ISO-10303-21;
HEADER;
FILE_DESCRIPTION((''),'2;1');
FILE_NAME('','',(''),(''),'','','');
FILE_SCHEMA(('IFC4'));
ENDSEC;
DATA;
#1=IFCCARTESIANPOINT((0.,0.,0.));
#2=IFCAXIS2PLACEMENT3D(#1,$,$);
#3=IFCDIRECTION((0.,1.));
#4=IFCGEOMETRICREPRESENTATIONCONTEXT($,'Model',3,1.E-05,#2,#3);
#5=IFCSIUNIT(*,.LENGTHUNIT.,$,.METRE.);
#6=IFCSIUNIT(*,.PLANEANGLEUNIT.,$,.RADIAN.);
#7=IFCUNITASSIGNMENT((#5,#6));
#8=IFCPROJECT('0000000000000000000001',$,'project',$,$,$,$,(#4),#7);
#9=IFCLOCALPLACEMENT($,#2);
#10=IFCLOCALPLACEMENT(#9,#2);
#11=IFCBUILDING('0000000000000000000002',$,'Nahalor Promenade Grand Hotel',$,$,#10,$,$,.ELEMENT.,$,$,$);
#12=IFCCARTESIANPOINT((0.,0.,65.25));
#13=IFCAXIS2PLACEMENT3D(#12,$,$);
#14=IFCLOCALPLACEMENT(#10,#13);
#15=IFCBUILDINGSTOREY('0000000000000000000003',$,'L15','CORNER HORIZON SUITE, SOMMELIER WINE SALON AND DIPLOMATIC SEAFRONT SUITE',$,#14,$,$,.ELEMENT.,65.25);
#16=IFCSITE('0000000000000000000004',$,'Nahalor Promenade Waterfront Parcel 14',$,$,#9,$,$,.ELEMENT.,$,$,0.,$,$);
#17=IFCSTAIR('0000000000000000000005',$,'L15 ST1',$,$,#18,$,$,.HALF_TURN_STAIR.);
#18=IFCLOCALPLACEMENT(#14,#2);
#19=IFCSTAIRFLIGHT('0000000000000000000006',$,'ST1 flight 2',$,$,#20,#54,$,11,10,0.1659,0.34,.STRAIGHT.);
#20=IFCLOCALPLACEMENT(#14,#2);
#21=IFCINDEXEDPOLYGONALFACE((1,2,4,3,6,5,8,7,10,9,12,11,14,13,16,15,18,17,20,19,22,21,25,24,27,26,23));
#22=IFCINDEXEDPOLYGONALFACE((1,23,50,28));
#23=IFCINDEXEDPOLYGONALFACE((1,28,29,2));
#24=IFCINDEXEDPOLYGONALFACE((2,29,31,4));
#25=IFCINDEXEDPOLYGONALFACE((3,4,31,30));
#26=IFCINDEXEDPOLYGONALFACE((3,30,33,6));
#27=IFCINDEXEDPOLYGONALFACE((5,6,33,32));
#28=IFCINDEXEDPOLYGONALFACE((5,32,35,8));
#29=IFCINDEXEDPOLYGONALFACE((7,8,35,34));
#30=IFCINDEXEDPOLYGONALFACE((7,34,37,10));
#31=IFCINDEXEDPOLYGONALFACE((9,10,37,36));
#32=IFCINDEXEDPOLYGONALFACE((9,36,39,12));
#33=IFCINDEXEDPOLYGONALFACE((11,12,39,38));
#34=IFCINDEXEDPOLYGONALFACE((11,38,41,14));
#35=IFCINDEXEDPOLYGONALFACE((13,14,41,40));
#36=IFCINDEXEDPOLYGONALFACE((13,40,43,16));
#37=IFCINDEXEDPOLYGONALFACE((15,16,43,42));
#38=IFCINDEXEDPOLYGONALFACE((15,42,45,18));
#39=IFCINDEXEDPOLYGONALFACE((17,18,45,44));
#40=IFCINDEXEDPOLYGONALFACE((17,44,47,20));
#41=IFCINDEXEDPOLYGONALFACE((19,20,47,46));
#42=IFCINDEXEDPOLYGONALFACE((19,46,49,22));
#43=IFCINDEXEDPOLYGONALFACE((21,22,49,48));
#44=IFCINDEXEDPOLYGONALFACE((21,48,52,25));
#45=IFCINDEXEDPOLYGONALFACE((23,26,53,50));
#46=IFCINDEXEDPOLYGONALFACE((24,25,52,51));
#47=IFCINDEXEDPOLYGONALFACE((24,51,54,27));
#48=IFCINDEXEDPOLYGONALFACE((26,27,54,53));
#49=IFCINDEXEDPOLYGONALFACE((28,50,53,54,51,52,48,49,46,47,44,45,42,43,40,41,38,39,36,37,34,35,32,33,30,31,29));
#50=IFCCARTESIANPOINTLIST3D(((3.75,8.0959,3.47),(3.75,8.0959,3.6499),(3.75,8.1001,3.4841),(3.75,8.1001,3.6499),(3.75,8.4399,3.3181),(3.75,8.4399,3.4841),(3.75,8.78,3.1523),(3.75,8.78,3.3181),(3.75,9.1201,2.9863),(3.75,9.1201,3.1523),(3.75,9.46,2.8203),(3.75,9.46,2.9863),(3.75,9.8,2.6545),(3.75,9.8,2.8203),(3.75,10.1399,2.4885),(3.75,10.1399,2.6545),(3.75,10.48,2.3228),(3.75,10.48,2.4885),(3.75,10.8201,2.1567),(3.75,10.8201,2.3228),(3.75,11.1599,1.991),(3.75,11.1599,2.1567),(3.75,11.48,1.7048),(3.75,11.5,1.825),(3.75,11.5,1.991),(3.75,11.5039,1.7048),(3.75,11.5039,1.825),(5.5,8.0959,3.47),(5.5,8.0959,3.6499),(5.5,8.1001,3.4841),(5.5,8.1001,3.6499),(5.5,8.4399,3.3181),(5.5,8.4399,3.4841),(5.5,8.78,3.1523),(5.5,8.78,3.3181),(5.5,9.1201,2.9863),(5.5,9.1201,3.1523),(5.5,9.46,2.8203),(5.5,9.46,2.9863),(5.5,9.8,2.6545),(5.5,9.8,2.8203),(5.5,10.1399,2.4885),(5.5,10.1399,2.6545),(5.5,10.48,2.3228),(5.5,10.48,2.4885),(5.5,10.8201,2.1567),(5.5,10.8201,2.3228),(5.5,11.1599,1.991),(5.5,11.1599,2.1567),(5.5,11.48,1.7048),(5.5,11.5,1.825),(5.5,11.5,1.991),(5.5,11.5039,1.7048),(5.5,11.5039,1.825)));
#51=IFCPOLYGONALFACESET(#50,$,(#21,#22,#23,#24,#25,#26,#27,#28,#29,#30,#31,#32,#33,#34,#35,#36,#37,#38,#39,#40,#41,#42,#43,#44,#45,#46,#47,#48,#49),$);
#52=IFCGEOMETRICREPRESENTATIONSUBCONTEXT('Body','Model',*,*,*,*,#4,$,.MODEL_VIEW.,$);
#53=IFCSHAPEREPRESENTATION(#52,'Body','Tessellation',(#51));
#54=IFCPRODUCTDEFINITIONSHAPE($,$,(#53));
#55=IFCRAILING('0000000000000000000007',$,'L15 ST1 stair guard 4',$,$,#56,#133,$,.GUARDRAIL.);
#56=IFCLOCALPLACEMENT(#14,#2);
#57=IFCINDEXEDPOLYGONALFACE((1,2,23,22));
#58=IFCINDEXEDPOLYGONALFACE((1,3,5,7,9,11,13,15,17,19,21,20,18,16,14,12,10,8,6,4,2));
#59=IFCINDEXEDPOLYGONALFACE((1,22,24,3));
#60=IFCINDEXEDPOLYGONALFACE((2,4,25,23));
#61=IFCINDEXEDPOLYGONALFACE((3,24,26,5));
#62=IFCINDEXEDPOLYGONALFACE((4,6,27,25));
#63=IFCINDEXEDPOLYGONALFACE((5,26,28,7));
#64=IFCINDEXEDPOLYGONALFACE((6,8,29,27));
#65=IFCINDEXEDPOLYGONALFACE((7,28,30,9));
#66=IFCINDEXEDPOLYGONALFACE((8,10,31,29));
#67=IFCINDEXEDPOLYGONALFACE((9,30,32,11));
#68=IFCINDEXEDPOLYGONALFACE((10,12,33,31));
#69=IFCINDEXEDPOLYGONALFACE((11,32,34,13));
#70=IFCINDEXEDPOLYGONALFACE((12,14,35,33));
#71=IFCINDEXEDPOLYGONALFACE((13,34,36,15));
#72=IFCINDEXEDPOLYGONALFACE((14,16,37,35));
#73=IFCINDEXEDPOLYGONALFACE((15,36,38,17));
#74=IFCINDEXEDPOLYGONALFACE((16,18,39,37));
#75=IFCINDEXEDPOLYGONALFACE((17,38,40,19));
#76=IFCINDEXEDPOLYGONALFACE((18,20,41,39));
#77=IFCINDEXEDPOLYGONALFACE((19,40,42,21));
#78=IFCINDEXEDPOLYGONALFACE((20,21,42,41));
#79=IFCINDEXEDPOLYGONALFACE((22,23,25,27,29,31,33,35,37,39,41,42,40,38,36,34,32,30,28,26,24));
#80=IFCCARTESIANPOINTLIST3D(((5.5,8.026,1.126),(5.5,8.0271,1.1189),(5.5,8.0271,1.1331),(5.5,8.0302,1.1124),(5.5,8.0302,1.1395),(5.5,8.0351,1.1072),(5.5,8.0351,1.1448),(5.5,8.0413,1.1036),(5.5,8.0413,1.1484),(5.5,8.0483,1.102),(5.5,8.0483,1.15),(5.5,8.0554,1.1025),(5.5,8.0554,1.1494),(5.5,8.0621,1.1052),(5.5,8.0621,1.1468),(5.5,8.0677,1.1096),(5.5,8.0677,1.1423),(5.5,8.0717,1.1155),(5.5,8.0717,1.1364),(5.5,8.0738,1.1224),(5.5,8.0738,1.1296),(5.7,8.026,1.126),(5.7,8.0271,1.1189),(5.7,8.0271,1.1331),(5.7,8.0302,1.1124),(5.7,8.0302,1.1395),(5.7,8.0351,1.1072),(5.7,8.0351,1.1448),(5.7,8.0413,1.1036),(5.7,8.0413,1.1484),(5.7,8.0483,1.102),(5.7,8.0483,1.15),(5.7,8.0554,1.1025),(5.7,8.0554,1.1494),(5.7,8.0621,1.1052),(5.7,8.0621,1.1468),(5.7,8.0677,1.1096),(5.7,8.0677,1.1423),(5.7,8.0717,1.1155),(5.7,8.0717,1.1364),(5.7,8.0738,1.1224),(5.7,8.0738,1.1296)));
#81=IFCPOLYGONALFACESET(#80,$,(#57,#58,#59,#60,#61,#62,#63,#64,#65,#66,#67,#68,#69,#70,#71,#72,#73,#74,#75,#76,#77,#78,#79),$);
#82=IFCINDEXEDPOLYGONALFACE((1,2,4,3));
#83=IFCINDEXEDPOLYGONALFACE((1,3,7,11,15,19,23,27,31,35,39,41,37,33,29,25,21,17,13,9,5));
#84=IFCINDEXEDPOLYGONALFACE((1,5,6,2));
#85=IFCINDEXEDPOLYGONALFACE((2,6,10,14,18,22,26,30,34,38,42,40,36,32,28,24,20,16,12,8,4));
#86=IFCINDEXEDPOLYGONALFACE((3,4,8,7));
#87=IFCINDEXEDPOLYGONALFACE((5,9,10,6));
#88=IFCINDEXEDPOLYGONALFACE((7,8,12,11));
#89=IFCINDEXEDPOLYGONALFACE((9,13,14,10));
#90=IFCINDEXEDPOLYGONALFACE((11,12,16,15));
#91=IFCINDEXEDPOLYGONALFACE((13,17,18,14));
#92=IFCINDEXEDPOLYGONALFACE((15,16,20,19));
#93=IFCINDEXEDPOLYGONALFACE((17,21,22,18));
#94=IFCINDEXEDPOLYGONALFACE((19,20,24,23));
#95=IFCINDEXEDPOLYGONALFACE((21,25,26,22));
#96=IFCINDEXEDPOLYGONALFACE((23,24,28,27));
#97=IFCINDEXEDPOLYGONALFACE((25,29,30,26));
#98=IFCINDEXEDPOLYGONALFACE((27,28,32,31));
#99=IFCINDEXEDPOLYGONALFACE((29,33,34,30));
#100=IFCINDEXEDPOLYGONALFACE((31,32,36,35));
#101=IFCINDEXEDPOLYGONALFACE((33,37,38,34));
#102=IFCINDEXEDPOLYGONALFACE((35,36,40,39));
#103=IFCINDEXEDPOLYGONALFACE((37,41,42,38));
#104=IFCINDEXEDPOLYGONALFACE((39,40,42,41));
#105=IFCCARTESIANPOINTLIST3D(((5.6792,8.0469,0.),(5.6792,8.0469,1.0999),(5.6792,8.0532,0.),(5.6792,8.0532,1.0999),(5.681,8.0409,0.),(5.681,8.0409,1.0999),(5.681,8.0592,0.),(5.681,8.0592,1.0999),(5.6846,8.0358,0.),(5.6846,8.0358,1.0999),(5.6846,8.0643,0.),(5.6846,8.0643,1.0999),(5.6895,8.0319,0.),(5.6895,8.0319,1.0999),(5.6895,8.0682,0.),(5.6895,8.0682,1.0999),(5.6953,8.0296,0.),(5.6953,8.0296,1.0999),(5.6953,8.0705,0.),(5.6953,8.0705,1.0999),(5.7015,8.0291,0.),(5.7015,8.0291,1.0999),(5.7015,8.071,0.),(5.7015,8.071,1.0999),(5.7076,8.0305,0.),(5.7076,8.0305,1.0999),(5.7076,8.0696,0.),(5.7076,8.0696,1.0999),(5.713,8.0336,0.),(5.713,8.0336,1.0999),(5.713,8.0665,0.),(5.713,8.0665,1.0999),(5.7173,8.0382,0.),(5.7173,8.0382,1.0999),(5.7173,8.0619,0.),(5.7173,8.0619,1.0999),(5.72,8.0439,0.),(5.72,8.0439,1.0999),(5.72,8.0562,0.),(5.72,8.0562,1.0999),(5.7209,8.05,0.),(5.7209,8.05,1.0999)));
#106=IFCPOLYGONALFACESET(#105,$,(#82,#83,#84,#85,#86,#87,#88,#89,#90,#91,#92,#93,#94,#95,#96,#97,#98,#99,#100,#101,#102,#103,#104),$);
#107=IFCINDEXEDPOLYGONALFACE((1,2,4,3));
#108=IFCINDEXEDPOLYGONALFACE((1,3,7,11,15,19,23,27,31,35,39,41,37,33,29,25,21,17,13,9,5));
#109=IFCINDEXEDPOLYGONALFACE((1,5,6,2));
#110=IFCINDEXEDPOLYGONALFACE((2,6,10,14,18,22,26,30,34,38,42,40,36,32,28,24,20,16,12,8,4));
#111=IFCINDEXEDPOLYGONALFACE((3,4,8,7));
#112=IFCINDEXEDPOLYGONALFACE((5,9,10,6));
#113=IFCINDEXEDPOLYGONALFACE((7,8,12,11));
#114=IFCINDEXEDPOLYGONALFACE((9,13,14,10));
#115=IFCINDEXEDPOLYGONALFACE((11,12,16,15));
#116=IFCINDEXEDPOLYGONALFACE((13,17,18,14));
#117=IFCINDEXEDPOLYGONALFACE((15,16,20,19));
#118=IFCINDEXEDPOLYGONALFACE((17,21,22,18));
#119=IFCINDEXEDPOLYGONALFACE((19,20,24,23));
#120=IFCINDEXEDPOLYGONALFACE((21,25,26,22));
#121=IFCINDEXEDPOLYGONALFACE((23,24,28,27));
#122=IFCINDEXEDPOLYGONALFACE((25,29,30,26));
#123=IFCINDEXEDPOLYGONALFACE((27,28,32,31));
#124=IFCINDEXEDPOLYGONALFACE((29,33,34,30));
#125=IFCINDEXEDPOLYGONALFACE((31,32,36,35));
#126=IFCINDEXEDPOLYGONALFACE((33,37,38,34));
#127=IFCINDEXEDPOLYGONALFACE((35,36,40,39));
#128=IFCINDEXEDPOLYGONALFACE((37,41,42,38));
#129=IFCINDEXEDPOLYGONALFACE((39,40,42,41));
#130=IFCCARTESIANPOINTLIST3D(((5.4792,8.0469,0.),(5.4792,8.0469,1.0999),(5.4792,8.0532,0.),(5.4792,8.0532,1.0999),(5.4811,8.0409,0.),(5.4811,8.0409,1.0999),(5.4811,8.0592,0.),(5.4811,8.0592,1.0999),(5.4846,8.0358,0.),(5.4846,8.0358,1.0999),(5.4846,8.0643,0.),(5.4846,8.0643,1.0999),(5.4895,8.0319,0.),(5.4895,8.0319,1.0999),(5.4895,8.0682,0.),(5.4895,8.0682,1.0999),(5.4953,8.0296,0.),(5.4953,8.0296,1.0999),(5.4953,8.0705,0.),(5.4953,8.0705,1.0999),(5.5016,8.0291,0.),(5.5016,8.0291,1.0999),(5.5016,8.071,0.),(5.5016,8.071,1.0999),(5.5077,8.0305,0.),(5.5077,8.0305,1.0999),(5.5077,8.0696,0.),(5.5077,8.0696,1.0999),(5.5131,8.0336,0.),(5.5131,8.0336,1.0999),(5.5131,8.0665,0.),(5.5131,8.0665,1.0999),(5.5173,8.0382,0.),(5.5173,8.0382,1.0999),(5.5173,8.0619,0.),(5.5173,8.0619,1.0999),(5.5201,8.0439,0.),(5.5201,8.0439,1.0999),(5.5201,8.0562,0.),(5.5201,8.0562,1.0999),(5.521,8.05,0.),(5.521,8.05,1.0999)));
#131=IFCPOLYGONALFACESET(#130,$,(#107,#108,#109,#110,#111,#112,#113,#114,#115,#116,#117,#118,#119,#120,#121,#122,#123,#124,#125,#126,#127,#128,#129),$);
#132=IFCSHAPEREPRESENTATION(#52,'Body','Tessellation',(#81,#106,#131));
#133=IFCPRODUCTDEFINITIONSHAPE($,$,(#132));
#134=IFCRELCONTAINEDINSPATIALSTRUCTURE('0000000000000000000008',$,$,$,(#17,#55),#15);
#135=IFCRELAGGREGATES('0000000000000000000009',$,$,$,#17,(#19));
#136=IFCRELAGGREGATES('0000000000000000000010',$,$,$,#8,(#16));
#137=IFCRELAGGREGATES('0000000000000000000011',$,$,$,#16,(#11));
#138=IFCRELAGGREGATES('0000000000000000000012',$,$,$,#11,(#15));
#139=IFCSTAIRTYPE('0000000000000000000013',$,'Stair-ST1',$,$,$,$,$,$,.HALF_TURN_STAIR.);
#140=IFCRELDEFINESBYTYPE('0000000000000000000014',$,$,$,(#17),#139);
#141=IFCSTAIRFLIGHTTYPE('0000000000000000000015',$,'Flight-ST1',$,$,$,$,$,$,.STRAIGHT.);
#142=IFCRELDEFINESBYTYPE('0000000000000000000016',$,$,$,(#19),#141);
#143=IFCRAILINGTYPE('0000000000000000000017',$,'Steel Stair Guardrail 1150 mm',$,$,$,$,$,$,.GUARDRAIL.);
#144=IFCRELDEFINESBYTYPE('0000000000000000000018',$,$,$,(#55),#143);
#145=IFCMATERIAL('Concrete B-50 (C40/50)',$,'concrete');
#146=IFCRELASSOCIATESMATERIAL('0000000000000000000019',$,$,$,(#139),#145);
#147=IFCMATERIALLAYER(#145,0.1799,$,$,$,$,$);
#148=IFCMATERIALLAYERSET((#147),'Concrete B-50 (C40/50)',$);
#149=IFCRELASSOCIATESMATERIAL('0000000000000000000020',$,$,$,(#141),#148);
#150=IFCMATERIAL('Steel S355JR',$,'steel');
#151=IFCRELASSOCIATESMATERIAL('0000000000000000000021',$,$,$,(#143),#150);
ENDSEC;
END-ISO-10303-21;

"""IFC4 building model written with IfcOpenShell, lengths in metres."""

from ifc_helpers import new_model, si_unit, direction, frame, origin, origin_2d, place, context, subcontext, project, spatial, polyline, circle, outline, extrude, source, transform, mapped, material, layer, layer_set, type_object, element, aggregate, save


model = new_model("IFC4")

# Units and contexts
model_context = context("Model", 3, precision=1e-05, world=origin(), true_north=direction((0.0, 1.0)))
body_context = subcontext(model_context, "Body", "Model", "MODEL_VIEW")
ifc_project = project(units=[si_unit("LENGTHUNIT", "METRE"), si_unit("PLANEANGLEUNIT", "RADIAN")], contexts=[model_context])

# Site, building, storey
site_placement = place(None, origin())
site = spatial("IfcSite", under=ifc_project, at=site_placement, Name="Nahalor Promenade Waterfront Parcel 14", CompositionType="ELEMENT", RefElevation=0.0)
building_placement = place(site_placement, origin())
building = spatial("IfcBuilding", under=site, at=building_placement, Name="Nahalor Promenade Grand Hotel", CompositionType="ELEMENT")
storey_placement = place(building_placement, frame((0.0, 0.0, 65.25)))
storey = spatial("IfcBuildingStorey", under=building, at=storey_placement, Name="L15", Description="CORNER HORIZON SUITE, SOMMELIER WINE SALON AND DIPLOMATIC SEAFRONT SUITE", CompositionType="ELEMENT", Elevation=65.25)

# Shared definitions
ifc_material_1 = material(Name="Steel S355JR", Category="steel")

# Stair
ifc_material_2 = material(Name="Concrete B-50 (C40/50)", Category="concrete")
stair_type_1 = type_object("IfcStairType", Name="Stair-ST1", PredefinedType="HALF_TURN_STAIR", material=ifc_material_2)
stair_1_placement = place(storey_placement, origin())
stair_1 = element("IfcStair", 1, at=stair_1_placement, inside=storey, type_object=stair_type_1, Name="L15 ST1", PredefinedType="HALF_TURN_STAIR")

# Stair flight
ifc_layer_1 = layer(ifc_material_2, 0.1799)
ifc_layer_set_1 = layer_set([ifc_layer_1], Name="Concrete B-50 (C40/50)")
stair_flight_type = type_object("IfcStairFlightType", Name="Flight-ST1", PredefinedType="STRAIGHT", material=ifc_layer_set_1)
shared_shape_1 = source(origin(), body_context, "Body", "SweptSolid", [
    extrude(outline(polyline([(-0.0039, -0.1201), (-0.0039, 0.0), (0.0, 0.0), (0.0, 0.166), (0.3401, 0.166), (0.3401, 0.3318), (0.6799, 0.3318), (0.6799, 0.4978), (1.02, 0.4978), (1.02, 0.6636), (1.3601, 0.6636), (1.3601, 0.8296), (1.7, 0.8296), (1.7, 0.9954), (2.04, 0.9954), (2.04, 1.1614), (2.3799, 1.1614), (2.3799, 1.3274), (2.72, 1.3274), (2.72, 1.4932), (3.0601, 1.4932), (3.0601, 1.6592), (3.3999, 1.6592), (3.3999, 1.825), (3.4041, 1.825), (3.4041, 1.645), (0.02, -0.1201), (-0.0039, -0.1201)])), frame((0.0, 0.875, 0.0), z_axis=(0.0, -1.0, 0.0), x_axis=(1.0, 0.0, 0.0)), (0.0, 0.0, 1.0), 1.75),
])
stair_flight_placement = place(storey_placement, frame((4.625, 11.5, 1.825), z_axis=(0.0, 0.0, 1.0), x_axis=(0.0, -1.0, 0.0)))
stair_flight = element("IfcStairFlight", 2, at=stair_flight_placement, type_object=stair_flight_type, Name="ST1 flight 2", NumberOfRisers=11, NumberOfTreads=10, PredefinedType="STRAIGHT", RiserHeight=0.1659, TreadLength=0.34, context=body_context, shape_type="MappedRepresentation", body=[
    mapped(shared_shape_1, transform((0.0, 0.0, 0.0), scale=1.0)),
])
aggregate(stair_1, [stair_flight])

# Railing
railing_type_1 = type_object("IfcRailingType", Name="Steel Stair Guardrail 1150 mm", PredefinedType="GUARDRAIL", material=ifc_material_1)
railing_1_placement = place(storey_placement, frame((5.7, 8.05, 0.0)))
element("IfcRailing", 3, at=railing_1_placement, inside=storey, type_object=railing_type_1, Name="L15 ST1 stair guard 4", PredefinedType="GUARDRAIL", context=body_context, shape_type="SweptSolid", body=[
    extrude(circle(Radius=0.024, at=origin_2d()), frame((0.0, 0.0, 1.126), z_axis=(-1.0, 0.0, 0.0), x_axis=(0.0, -1.0, 0.0)), (0.0, 0.0, 1.0), 0.2),
    extrude(circle(Radius=0.021, at=origin_2d()), origin(), (0.0, 0.0, 1.0), 1.0999),
    extrude(circle(Radius=0.021, at=origin_2d()), frame((-0.2, 0.0, 0.0)), (0.0, 0.0, 1.0), 1.0999),
])

save(model, "model.ifc")
